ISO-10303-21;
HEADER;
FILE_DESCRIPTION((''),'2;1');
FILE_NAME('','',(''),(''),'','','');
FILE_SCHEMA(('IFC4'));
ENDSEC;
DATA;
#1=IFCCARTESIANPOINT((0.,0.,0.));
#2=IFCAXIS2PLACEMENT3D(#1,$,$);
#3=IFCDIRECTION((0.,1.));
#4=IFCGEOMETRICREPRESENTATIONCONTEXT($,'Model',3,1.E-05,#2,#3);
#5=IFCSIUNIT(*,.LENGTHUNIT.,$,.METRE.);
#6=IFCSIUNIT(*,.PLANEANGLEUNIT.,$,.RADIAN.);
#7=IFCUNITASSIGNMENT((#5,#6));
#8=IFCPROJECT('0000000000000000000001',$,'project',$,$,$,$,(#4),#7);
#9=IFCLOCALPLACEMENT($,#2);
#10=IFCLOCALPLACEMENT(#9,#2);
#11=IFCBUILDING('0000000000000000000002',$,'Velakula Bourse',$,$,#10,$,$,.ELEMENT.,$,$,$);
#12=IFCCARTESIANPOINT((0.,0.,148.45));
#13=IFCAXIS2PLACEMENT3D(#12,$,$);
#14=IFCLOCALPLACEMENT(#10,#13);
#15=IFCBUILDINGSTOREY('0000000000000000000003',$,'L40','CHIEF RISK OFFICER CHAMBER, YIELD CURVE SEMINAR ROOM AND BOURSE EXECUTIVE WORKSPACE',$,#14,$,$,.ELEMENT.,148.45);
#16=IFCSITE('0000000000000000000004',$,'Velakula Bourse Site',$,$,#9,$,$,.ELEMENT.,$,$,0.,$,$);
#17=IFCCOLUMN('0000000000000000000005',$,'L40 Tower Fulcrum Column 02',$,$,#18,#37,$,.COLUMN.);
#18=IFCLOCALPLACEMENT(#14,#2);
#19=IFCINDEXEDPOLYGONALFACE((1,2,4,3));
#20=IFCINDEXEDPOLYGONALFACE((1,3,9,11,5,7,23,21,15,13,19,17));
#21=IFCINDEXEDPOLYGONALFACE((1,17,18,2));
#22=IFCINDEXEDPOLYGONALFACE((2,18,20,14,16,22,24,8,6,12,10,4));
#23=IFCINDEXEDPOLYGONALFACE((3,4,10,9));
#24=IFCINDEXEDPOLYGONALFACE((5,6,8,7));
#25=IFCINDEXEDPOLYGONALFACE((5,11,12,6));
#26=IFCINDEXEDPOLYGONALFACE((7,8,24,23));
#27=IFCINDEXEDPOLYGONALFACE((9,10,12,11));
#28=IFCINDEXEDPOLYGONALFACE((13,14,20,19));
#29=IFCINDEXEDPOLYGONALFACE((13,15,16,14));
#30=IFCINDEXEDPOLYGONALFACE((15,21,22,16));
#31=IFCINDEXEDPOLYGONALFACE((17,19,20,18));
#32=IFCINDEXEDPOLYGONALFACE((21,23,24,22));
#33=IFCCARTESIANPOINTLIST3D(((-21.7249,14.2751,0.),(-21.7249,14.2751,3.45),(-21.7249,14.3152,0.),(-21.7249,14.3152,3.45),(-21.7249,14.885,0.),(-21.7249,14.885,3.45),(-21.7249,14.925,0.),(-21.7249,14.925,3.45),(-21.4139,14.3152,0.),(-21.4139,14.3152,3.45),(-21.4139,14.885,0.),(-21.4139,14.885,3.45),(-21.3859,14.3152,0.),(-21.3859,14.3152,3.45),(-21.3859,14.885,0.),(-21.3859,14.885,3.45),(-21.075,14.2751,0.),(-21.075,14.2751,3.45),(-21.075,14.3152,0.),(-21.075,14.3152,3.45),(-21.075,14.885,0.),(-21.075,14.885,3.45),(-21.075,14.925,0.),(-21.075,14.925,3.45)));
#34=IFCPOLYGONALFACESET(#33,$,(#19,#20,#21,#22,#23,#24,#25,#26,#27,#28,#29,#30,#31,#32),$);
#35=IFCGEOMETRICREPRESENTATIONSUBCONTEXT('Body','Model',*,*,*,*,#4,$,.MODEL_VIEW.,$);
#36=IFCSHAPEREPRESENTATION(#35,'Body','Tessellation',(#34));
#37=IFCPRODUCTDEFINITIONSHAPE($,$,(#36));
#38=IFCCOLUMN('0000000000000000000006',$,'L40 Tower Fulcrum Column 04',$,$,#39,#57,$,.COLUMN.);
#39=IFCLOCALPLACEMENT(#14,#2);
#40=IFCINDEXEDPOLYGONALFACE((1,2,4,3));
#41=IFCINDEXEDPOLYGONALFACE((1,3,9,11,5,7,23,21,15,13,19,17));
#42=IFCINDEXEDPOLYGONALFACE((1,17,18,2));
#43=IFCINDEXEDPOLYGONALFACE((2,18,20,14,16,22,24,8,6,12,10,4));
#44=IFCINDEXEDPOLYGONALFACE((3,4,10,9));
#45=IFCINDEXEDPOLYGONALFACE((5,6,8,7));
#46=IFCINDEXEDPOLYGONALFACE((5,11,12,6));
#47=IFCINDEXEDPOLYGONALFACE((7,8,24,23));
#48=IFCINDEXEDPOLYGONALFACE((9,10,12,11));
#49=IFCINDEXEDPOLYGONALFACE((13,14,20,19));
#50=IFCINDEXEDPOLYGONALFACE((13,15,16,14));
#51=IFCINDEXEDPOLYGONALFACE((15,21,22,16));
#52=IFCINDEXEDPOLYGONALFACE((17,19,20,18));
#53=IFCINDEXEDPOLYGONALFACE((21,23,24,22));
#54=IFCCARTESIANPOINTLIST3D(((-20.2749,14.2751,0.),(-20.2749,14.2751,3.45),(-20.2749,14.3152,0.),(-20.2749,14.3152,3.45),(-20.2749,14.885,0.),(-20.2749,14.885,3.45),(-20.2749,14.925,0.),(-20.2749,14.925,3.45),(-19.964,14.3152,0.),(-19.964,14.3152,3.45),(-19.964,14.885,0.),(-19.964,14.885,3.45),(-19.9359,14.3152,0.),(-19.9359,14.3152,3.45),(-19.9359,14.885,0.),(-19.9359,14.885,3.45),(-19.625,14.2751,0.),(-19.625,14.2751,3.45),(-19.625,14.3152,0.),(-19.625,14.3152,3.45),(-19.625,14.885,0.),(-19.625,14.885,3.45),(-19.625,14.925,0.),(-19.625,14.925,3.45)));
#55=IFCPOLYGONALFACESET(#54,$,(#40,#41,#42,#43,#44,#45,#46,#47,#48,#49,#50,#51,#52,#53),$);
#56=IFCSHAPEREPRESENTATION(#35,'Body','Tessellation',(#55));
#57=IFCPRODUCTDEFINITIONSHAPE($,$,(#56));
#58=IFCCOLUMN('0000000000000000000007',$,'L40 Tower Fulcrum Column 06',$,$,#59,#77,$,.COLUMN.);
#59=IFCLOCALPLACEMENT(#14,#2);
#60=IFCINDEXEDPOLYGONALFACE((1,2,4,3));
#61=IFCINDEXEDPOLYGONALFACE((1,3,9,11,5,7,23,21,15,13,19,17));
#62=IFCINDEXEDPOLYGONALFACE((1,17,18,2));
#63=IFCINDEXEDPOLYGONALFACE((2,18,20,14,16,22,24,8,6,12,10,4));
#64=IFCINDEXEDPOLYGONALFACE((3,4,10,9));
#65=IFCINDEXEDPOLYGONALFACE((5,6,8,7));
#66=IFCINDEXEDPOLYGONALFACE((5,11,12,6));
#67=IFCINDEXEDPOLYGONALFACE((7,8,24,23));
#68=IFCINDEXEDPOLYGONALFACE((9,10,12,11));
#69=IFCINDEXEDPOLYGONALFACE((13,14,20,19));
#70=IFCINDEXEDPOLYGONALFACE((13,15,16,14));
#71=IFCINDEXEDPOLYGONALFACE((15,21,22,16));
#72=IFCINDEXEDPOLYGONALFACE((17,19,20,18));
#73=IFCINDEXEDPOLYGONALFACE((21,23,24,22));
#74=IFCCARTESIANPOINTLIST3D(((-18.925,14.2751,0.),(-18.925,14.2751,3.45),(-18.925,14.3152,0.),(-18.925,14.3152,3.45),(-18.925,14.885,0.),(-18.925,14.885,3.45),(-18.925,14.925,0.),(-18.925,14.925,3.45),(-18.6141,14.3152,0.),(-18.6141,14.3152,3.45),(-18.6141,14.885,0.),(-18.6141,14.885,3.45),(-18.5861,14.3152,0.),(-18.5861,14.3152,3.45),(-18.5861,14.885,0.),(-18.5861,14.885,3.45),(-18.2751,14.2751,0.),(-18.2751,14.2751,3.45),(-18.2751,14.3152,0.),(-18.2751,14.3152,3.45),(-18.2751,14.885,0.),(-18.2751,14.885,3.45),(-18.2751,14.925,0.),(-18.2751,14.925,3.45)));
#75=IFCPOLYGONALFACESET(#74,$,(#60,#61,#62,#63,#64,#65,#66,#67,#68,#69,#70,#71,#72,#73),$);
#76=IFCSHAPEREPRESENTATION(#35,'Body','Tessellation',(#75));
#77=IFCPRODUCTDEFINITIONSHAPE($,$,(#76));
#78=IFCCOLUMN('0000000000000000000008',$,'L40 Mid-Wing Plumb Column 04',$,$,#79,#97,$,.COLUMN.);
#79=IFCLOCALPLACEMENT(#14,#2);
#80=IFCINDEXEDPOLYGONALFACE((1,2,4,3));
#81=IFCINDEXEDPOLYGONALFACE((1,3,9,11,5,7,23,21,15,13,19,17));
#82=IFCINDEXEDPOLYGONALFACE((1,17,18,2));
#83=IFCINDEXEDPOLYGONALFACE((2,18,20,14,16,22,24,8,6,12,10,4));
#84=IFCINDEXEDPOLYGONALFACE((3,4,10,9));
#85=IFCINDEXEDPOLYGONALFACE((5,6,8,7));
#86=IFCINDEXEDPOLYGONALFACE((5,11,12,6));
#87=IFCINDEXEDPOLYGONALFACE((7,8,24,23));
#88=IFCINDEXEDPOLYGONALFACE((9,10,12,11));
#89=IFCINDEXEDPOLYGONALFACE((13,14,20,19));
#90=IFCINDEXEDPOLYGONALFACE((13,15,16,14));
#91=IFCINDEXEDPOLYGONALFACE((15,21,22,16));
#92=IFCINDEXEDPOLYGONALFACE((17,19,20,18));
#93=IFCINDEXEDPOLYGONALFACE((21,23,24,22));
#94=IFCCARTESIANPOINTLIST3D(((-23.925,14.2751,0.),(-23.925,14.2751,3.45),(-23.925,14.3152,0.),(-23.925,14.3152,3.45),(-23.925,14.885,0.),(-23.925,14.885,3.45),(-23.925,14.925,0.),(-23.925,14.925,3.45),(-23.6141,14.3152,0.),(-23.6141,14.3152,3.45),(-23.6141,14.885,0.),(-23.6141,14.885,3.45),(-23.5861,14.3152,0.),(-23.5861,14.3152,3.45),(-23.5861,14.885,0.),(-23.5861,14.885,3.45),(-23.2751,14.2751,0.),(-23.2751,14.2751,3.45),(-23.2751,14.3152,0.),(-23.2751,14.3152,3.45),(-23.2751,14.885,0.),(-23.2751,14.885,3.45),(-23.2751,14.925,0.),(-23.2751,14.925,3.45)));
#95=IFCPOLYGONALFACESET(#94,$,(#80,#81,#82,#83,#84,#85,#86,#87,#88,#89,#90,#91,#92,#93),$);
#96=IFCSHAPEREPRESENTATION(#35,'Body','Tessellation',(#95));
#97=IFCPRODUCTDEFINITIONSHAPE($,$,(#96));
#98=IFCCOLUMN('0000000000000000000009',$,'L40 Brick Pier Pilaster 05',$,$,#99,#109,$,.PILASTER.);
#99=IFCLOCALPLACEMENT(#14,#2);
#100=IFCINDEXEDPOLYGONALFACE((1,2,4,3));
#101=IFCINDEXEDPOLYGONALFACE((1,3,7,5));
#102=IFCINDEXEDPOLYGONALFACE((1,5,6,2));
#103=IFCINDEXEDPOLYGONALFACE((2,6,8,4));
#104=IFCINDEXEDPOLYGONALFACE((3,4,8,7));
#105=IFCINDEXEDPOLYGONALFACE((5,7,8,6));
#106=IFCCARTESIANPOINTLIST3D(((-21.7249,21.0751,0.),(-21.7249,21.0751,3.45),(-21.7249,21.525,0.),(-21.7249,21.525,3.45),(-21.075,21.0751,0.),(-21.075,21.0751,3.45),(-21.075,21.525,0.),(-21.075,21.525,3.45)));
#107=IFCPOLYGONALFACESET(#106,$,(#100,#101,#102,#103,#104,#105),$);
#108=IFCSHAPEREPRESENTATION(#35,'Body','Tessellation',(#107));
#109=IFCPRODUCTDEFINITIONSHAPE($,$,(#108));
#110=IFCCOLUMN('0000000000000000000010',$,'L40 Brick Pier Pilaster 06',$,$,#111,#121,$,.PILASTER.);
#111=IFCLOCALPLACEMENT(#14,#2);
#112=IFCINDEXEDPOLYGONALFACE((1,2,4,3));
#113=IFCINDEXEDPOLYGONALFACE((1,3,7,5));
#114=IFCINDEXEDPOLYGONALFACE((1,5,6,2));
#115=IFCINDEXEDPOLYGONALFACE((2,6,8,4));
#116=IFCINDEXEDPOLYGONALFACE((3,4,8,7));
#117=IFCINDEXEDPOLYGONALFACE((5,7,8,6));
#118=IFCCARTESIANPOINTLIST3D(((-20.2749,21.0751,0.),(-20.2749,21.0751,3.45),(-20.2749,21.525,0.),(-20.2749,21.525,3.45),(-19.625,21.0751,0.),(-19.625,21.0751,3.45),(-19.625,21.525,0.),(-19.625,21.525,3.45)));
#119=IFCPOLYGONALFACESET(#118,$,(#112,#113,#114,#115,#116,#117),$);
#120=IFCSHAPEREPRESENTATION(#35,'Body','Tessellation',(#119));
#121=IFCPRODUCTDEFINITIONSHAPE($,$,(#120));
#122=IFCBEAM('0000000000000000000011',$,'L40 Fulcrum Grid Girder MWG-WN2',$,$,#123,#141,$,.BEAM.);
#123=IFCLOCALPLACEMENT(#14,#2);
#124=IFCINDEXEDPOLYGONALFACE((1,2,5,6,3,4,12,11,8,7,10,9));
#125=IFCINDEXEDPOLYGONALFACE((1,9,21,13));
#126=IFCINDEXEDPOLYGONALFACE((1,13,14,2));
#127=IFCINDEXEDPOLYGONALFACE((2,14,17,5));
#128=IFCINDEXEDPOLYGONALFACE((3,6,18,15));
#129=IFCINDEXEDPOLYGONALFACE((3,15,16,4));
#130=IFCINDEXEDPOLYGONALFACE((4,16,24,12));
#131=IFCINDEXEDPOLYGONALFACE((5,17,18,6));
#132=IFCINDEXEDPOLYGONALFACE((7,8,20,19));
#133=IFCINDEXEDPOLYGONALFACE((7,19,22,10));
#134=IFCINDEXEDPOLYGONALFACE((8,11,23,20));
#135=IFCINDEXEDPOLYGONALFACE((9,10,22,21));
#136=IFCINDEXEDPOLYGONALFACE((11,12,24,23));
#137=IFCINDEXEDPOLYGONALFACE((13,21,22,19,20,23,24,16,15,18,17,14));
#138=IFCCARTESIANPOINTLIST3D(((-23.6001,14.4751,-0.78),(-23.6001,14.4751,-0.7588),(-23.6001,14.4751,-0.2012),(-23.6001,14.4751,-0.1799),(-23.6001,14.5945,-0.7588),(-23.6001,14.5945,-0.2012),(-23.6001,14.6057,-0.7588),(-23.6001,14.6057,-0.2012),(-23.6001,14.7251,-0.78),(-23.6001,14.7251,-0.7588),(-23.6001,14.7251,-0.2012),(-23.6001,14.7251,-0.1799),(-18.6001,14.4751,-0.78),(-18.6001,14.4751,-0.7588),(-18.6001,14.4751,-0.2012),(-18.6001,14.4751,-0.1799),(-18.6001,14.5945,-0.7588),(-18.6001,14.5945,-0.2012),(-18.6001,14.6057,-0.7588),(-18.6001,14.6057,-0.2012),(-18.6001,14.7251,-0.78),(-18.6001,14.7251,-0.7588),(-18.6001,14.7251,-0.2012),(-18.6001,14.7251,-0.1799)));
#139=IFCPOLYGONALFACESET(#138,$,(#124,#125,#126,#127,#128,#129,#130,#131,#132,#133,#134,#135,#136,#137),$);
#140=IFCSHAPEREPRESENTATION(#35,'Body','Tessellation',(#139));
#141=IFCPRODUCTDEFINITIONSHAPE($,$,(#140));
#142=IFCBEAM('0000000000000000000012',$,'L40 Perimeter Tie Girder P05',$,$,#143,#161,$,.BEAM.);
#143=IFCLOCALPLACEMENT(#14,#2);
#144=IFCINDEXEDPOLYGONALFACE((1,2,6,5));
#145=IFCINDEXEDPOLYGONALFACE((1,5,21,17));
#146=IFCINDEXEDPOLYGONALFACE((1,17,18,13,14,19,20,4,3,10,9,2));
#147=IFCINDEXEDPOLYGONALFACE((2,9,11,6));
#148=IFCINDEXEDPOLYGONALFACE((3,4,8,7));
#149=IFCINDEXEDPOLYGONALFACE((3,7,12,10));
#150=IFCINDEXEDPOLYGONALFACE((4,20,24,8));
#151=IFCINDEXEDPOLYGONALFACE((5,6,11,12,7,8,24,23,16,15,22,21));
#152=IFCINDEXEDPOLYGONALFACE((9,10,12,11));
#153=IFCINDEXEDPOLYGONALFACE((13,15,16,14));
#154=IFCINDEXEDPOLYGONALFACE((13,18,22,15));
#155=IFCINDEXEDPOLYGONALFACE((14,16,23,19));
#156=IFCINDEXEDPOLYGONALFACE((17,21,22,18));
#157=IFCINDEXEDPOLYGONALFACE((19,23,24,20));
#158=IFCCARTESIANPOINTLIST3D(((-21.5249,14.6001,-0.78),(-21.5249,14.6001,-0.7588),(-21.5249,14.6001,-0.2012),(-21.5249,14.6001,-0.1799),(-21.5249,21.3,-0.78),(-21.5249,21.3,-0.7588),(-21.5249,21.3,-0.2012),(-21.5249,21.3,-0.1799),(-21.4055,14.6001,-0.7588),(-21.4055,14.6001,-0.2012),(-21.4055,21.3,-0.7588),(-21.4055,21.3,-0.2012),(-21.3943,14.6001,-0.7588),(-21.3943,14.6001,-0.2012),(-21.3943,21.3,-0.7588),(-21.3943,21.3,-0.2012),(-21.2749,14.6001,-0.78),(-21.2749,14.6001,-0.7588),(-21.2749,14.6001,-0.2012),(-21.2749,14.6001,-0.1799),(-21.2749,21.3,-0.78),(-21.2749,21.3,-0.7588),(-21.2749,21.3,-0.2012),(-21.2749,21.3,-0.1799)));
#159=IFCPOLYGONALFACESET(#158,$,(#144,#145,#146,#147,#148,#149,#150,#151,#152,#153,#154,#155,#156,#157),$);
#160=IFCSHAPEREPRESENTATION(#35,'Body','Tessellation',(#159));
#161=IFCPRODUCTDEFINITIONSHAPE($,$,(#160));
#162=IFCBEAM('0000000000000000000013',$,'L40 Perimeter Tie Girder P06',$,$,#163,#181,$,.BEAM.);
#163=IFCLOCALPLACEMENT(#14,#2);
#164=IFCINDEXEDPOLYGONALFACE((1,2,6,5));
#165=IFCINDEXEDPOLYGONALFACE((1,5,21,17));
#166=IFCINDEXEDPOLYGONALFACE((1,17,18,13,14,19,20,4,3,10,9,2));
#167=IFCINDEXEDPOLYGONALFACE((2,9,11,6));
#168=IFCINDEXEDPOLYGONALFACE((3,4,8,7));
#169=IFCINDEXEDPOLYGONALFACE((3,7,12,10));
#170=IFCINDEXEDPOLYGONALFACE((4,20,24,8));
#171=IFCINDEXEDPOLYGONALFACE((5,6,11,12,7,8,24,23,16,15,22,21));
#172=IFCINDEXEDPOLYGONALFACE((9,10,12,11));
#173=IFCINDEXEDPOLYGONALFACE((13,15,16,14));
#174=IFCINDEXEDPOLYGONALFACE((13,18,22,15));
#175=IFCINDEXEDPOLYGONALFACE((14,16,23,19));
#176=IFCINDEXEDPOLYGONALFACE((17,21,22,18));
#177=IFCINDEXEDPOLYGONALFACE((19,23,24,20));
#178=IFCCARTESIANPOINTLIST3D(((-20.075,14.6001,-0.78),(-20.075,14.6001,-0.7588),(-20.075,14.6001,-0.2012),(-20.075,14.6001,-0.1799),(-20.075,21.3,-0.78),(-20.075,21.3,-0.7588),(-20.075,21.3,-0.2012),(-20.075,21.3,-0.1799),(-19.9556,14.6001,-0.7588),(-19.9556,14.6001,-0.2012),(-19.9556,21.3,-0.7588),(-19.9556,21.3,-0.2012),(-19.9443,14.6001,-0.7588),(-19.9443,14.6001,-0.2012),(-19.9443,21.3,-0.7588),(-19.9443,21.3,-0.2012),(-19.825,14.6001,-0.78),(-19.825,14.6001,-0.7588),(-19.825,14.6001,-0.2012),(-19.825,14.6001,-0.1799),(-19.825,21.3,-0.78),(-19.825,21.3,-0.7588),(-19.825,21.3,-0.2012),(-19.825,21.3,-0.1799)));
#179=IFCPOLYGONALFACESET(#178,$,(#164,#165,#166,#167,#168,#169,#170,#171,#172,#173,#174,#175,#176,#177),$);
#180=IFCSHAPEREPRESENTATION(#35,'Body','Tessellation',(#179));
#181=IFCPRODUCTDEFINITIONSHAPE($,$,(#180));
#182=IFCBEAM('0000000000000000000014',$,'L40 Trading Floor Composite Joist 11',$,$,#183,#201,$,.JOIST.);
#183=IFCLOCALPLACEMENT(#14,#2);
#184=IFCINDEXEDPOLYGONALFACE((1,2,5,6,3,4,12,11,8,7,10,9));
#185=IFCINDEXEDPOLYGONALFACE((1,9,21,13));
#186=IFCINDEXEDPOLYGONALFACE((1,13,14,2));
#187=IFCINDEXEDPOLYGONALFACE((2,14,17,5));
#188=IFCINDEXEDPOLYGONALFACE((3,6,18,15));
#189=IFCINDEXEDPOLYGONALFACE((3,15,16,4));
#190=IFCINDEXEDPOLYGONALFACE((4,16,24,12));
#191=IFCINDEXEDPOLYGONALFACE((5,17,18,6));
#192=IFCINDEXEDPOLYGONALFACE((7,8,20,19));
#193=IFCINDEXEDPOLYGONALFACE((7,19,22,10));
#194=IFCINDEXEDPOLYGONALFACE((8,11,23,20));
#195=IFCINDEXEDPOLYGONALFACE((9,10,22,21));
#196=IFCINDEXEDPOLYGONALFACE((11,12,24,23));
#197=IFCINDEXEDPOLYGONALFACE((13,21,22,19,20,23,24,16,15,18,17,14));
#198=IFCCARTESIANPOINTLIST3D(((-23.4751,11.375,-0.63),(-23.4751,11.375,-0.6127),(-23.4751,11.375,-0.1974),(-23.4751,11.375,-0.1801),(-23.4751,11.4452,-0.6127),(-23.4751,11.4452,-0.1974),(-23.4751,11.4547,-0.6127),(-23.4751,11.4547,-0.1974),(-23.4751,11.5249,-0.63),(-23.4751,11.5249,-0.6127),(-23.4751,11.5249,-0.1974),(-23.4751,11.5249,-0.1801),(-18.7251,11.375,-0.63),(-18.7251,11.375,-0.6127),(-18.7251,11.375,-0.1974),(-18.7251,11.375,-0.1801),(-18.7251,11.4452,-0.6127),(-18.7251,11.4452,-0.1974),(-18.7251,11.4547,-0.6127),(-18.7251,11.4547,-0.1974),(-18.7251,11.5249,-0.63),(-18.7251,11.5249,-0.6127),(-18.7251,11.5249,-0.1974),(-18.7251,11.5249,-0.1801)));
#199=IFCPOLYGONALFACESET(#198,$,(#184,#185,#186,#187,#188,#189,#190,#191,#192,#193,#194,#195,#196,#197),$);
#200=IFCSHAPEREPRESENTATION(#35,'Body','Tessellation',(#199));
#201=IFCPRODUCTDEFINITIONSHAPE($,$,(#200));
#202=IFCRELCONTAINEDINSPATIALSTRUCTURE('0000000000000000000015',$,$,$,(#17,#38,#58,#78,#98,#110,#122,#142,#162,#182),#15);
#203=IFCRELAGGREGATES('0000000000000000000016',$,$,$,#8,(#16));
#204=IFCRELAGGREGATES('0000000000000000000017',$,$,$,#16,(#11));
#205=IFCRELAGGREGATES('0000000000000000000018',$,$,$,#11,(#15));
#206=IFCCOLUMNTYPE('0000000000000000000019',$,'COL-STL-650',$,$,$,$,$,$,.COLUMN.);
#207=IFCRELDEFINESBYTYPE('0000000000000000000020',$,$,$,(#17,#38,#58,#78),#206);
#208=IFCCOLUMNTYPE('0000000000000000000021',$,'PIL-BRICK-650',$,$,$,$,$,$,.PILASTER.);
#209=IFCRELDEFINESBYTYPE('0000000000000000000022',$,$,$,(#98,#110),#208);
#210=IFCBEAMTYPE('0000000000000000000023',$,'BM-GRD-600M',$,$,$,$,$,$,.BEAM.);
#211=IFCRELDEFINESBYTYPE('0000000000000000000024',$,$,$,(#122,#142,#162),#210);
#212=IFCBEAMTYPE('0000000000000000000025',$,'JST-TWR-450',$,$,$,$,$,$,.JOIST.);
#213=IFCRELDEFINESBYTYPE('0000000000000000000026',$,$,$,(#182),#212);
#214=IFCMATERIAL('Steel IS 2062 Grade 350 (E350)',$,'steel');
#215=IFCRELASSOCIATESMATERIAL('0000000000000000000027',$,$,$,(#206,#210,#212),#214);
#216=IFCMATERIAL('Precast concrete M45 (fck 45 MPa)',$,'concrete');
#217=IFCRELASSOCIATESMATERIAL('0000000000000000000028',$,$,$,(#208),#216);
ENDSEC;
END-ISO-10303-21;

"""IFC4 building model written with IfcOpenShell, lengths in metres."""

from ifc_helpers import new_model, si_unit, direction, frame, origin, origin_2d, place, context, subcontext, project, spatial, rectangle, i_section, extrude, material, material_profile, profile_set, type_object, element, save


model = new_model("IFC4")

# Units and contexts
model_context = context("Model", 3, precision=1e-05, world=origin(), true_north=direction((0.0, 1.0)))
body_context = subcontext(model_context, "Body", "Model", "MODEL_VIEW")
ifc_project = project(units=[si_unit("LENGTHUNIT", "METRE"), si_unit("PLANEANGLEUNIT", "RADIAN")], contexts=[model_context])

# Site, building, storey
site_placement = place(None, origin())
site = spatial("IfcSite", under=ifc_project, at=site_placement, Name="Velakula Bourse Site", CompositionType="ELEMENT", RefElevation=0.0)
building_placement = place(site_placement, origin())
building = spatial("IfcBuilding", under=site, at=building_placement, Name="Velakula Bourse", CompositionType="ELEMENT")
storey_placement = place(building_placement, frame((0.0, 0.0, 148.45)))
storey = spatial("IfcBuildingStorey", under=building, at=storey_placement, Name="L40", Description="CHIEF RISK OFFICER CHAMBER, YIELD CURVE SEMINAR ROOM AND BOURSE EXECUTIVE WORKSPACE", CompositionType="ELEMENT", Elevation=148.45)

# Columns
ifc_material_1 = material(Name="Steel IS 2062 Grade 350 (E350)", Category="steel")
ifc_material_profile_1 = material_profile(ifc_material_1, i_section(OverallWidth=0.6499, OverallDepth=0.6499, WebThickness=0.0281, FlangeThickness=0.04, at=origin_2d()), Name="Steel IS 2062 Grade 350 (E350)")
ifc_profile_set_1 = profile_set([ifc_material_profile_1], Name="Steel IS 2062 Grade 350 (E350)")
column_type_1 = type_object("IfcColumnType", Name="COL-STL-650", PredefinedType="COLUMN", material=ifc_profile_set_1)
for number, where, z_axis, x_axis, name in (
    (1, (-21.3999, 14.6001, 0.0), (0.0, 0.0, 1.0), (1.0, 0.0, 0.0), "L40 Tower Fulcrum Column 02"),
    (2, (-19.95, 14.6001, 0.0), (0.0, 0.0, 1.0), (1.0, 0.0, 0.0), "L40 Tower Fulcrum Column 04"),
    (3, (-18.6001, 14.6001, 0.0), (0.0, 0.0, 1.0), (1.0, 0.0, 0.0), "L40 Tower Fulcrum Column 06"),
    (4, (-23.6001, 14.6001, 0.0), (0.0, 0.0, 1.0), (1.0, 0.0, 0.0), "L40 Mid-Wing Plumb Column 04"),
):
    element("IfcColumn", number, at=place(storey_placement, frame(where, z_axis=z_axis, x_axis=x_axis)), inside=storey, type_object=column_type_1, Name=name, PredefinedType="COLUMN", context=body_context, shape_type="SweptSolid", body=[
        extrude(i_section(OverallWidth=0.6499, OverallDepth=0.6499, WebThickness=0.0281, FlangeThickness=0.04, at=origin_2d()), origin(), (0.0, 0.0, 1.0), 3.45),
    ])
ifc_material_2 = material(Name="Precast concrete M45 (fck 45 MPa)", Category="concrete")
ifc_material_profile_2 = material_profile(ifc_material_2, rectangle(XDim=0.6499, YDim=0.45, at=origin_2d()), Name="Precast concrete M45 (fck 45 MPa)")
ifc_profile_set_2 = profile_set([ifc_material_profile_2], Name="Precast concrete M45 (fck 45 MPa)")
column_type_2 = type_object("IfcColumnType", Name="PIL-BRICK-650", PredefinedType="PILASTER", material=ifc_profile_set_2)
for number, where, z_axis, x_axis, name in (
    (5, (-21.3999, 21.3, 0.0), (0.0, 0.0, 1.0), (1.0, 0.0, 0.0), "L40 Brick Pier Pilaster 05"),
    (6, (-19.95, 21.3, 0.0), (0.0, 0.0, 1.0), (1.0, 0.0, 0.0), "L40 Brick Pier Pilaster 06"),
):
    element("IfcColumn", number, at=place(storey_placement, frame(where, z_axis=z_axis, x_axis=x_axis)), inside=storey, type_object=column_type_2, Name=name, PredefinedType="PILASTER", context=body_context, shape_type="SweptSolid", body=[
        extrude(rectangle(XDim=0.6499, YDim=0.45, at=origin_2d()), origin(), (0.0, 0.0, 1.0), 3.45),
    ])

# Beams
ifc_material_profile_3 = material_profile(ifc_material_1, i_section(OverallWidth=0.25, OverallDepth=0.6001, WebThickness=0.0112, FlangeThickness=0.0212, at=origin_2d()), Name="Steel IS 2062 Grade 350 (E350)")
ifc_profile_set_3 = profile_set([ifc_material_profile_3], Name="Steel IS 2062 Grade 350 (E350)")
beam_type_1 = type_object("IfcBeamType", Name="BM-GRD-600M", PredefinedType="BEAM", material=ifc_profile_set_3)
beam_1_placement = place(storey_placement, frame((-23.6001, 14.6001, -0.48), z_axis=(1.0, 0.0, 0.0), x_axis=(0.0, 1.0, 0.0)))
element("IfcBeam", 7, at=beam_1_placement, inside=storey, type_object=beam_type_1, Name="L40 Fulcrum Grid Girder MWG-WN2", PredefinedType="BEAM", context=body_context, shape_type="SweptSolid", body=[
    extrude(i_section(OverallWidth=0.25, OverallDepth=0.6001, WebThickness=0.0112, FlangeThickness=0.0212, at=origin_2d()), origin(), (0.0, 0.0, 1.0), 5.0),
])
for number, where, z_axis, x_axis, name in (
    (8, (-21.3999, 14.6001, -0.48), (0.0, 1.0, 0.0), (-1.0, 0.0, 0.0), "L40 Perimeter Tie Girder P05"),
    (9, (-19.95, 14.6001, -0.48), (0.0, 1.0, 0.0), (-1.0, 0.0, 0.0), "L40 Perimeter Tie Girder P06"),
):
    element("IfcBeam", number, at=place(storey_placement, frame(where, z_axis=z_axis, x_axis=x_axis)), inside=storey, type_object=beam_type_1, Name=name, PredefinedType="BEAM", context=body_context, shape_type="SweptSolid", body=[
        extrude(i_section(OverallWidth=0.25, OverallDepth=0.6001, WebThickness=0.0112, FlangeThickness=0.0212, at=origin_2d()), origin(), (0.0, 0.0, 1.0), 6.7),
    ])
ifc_material_profile_4 = material_profile(ifc_material_1, i_section(OverallWidth=0.1499, OverallDepth=0.45, WebThickness=0.0095, FlangeThickness=0.0173, at=origin_2d()), Name="Steel IS 2062 Grade 350 (E350)")
ifc_profile_set_4 = profile_set([ifc_material_profile_4], Name="Steel IS 2062 Grade 350 (E350)")
beam_type_2 = type_object("IfcBeamType", Name="JST-TWR-450", PredefinedType="JOIST", material=ifc_profile_set_4)
beam_2_placement = place(storey_placement, frame((-23.4751, 11.45, -0.405), z_axis=(1.0, 0.0, 0.0), x_axis=(0.0, 1.0, 0.0)))
element("IfcBeam", 10, at=beam_2_placement, inside=storey, type_object=beam_type_2, Name="L40 Trading Floor Composite Joist 11", PredefinedType="JOIST", context=body_context, shape_type="SweptSolid", body=[
    extrude(i_section(OverallWidth=0.1499, OverallDepth=0.45, WebThickness=0.0095, FlangeThickness=0.0173, at=origin_2d()), origin(), (0.0, 0.0, 1.0), 4.75),
])

save(model, "model.ifc")
